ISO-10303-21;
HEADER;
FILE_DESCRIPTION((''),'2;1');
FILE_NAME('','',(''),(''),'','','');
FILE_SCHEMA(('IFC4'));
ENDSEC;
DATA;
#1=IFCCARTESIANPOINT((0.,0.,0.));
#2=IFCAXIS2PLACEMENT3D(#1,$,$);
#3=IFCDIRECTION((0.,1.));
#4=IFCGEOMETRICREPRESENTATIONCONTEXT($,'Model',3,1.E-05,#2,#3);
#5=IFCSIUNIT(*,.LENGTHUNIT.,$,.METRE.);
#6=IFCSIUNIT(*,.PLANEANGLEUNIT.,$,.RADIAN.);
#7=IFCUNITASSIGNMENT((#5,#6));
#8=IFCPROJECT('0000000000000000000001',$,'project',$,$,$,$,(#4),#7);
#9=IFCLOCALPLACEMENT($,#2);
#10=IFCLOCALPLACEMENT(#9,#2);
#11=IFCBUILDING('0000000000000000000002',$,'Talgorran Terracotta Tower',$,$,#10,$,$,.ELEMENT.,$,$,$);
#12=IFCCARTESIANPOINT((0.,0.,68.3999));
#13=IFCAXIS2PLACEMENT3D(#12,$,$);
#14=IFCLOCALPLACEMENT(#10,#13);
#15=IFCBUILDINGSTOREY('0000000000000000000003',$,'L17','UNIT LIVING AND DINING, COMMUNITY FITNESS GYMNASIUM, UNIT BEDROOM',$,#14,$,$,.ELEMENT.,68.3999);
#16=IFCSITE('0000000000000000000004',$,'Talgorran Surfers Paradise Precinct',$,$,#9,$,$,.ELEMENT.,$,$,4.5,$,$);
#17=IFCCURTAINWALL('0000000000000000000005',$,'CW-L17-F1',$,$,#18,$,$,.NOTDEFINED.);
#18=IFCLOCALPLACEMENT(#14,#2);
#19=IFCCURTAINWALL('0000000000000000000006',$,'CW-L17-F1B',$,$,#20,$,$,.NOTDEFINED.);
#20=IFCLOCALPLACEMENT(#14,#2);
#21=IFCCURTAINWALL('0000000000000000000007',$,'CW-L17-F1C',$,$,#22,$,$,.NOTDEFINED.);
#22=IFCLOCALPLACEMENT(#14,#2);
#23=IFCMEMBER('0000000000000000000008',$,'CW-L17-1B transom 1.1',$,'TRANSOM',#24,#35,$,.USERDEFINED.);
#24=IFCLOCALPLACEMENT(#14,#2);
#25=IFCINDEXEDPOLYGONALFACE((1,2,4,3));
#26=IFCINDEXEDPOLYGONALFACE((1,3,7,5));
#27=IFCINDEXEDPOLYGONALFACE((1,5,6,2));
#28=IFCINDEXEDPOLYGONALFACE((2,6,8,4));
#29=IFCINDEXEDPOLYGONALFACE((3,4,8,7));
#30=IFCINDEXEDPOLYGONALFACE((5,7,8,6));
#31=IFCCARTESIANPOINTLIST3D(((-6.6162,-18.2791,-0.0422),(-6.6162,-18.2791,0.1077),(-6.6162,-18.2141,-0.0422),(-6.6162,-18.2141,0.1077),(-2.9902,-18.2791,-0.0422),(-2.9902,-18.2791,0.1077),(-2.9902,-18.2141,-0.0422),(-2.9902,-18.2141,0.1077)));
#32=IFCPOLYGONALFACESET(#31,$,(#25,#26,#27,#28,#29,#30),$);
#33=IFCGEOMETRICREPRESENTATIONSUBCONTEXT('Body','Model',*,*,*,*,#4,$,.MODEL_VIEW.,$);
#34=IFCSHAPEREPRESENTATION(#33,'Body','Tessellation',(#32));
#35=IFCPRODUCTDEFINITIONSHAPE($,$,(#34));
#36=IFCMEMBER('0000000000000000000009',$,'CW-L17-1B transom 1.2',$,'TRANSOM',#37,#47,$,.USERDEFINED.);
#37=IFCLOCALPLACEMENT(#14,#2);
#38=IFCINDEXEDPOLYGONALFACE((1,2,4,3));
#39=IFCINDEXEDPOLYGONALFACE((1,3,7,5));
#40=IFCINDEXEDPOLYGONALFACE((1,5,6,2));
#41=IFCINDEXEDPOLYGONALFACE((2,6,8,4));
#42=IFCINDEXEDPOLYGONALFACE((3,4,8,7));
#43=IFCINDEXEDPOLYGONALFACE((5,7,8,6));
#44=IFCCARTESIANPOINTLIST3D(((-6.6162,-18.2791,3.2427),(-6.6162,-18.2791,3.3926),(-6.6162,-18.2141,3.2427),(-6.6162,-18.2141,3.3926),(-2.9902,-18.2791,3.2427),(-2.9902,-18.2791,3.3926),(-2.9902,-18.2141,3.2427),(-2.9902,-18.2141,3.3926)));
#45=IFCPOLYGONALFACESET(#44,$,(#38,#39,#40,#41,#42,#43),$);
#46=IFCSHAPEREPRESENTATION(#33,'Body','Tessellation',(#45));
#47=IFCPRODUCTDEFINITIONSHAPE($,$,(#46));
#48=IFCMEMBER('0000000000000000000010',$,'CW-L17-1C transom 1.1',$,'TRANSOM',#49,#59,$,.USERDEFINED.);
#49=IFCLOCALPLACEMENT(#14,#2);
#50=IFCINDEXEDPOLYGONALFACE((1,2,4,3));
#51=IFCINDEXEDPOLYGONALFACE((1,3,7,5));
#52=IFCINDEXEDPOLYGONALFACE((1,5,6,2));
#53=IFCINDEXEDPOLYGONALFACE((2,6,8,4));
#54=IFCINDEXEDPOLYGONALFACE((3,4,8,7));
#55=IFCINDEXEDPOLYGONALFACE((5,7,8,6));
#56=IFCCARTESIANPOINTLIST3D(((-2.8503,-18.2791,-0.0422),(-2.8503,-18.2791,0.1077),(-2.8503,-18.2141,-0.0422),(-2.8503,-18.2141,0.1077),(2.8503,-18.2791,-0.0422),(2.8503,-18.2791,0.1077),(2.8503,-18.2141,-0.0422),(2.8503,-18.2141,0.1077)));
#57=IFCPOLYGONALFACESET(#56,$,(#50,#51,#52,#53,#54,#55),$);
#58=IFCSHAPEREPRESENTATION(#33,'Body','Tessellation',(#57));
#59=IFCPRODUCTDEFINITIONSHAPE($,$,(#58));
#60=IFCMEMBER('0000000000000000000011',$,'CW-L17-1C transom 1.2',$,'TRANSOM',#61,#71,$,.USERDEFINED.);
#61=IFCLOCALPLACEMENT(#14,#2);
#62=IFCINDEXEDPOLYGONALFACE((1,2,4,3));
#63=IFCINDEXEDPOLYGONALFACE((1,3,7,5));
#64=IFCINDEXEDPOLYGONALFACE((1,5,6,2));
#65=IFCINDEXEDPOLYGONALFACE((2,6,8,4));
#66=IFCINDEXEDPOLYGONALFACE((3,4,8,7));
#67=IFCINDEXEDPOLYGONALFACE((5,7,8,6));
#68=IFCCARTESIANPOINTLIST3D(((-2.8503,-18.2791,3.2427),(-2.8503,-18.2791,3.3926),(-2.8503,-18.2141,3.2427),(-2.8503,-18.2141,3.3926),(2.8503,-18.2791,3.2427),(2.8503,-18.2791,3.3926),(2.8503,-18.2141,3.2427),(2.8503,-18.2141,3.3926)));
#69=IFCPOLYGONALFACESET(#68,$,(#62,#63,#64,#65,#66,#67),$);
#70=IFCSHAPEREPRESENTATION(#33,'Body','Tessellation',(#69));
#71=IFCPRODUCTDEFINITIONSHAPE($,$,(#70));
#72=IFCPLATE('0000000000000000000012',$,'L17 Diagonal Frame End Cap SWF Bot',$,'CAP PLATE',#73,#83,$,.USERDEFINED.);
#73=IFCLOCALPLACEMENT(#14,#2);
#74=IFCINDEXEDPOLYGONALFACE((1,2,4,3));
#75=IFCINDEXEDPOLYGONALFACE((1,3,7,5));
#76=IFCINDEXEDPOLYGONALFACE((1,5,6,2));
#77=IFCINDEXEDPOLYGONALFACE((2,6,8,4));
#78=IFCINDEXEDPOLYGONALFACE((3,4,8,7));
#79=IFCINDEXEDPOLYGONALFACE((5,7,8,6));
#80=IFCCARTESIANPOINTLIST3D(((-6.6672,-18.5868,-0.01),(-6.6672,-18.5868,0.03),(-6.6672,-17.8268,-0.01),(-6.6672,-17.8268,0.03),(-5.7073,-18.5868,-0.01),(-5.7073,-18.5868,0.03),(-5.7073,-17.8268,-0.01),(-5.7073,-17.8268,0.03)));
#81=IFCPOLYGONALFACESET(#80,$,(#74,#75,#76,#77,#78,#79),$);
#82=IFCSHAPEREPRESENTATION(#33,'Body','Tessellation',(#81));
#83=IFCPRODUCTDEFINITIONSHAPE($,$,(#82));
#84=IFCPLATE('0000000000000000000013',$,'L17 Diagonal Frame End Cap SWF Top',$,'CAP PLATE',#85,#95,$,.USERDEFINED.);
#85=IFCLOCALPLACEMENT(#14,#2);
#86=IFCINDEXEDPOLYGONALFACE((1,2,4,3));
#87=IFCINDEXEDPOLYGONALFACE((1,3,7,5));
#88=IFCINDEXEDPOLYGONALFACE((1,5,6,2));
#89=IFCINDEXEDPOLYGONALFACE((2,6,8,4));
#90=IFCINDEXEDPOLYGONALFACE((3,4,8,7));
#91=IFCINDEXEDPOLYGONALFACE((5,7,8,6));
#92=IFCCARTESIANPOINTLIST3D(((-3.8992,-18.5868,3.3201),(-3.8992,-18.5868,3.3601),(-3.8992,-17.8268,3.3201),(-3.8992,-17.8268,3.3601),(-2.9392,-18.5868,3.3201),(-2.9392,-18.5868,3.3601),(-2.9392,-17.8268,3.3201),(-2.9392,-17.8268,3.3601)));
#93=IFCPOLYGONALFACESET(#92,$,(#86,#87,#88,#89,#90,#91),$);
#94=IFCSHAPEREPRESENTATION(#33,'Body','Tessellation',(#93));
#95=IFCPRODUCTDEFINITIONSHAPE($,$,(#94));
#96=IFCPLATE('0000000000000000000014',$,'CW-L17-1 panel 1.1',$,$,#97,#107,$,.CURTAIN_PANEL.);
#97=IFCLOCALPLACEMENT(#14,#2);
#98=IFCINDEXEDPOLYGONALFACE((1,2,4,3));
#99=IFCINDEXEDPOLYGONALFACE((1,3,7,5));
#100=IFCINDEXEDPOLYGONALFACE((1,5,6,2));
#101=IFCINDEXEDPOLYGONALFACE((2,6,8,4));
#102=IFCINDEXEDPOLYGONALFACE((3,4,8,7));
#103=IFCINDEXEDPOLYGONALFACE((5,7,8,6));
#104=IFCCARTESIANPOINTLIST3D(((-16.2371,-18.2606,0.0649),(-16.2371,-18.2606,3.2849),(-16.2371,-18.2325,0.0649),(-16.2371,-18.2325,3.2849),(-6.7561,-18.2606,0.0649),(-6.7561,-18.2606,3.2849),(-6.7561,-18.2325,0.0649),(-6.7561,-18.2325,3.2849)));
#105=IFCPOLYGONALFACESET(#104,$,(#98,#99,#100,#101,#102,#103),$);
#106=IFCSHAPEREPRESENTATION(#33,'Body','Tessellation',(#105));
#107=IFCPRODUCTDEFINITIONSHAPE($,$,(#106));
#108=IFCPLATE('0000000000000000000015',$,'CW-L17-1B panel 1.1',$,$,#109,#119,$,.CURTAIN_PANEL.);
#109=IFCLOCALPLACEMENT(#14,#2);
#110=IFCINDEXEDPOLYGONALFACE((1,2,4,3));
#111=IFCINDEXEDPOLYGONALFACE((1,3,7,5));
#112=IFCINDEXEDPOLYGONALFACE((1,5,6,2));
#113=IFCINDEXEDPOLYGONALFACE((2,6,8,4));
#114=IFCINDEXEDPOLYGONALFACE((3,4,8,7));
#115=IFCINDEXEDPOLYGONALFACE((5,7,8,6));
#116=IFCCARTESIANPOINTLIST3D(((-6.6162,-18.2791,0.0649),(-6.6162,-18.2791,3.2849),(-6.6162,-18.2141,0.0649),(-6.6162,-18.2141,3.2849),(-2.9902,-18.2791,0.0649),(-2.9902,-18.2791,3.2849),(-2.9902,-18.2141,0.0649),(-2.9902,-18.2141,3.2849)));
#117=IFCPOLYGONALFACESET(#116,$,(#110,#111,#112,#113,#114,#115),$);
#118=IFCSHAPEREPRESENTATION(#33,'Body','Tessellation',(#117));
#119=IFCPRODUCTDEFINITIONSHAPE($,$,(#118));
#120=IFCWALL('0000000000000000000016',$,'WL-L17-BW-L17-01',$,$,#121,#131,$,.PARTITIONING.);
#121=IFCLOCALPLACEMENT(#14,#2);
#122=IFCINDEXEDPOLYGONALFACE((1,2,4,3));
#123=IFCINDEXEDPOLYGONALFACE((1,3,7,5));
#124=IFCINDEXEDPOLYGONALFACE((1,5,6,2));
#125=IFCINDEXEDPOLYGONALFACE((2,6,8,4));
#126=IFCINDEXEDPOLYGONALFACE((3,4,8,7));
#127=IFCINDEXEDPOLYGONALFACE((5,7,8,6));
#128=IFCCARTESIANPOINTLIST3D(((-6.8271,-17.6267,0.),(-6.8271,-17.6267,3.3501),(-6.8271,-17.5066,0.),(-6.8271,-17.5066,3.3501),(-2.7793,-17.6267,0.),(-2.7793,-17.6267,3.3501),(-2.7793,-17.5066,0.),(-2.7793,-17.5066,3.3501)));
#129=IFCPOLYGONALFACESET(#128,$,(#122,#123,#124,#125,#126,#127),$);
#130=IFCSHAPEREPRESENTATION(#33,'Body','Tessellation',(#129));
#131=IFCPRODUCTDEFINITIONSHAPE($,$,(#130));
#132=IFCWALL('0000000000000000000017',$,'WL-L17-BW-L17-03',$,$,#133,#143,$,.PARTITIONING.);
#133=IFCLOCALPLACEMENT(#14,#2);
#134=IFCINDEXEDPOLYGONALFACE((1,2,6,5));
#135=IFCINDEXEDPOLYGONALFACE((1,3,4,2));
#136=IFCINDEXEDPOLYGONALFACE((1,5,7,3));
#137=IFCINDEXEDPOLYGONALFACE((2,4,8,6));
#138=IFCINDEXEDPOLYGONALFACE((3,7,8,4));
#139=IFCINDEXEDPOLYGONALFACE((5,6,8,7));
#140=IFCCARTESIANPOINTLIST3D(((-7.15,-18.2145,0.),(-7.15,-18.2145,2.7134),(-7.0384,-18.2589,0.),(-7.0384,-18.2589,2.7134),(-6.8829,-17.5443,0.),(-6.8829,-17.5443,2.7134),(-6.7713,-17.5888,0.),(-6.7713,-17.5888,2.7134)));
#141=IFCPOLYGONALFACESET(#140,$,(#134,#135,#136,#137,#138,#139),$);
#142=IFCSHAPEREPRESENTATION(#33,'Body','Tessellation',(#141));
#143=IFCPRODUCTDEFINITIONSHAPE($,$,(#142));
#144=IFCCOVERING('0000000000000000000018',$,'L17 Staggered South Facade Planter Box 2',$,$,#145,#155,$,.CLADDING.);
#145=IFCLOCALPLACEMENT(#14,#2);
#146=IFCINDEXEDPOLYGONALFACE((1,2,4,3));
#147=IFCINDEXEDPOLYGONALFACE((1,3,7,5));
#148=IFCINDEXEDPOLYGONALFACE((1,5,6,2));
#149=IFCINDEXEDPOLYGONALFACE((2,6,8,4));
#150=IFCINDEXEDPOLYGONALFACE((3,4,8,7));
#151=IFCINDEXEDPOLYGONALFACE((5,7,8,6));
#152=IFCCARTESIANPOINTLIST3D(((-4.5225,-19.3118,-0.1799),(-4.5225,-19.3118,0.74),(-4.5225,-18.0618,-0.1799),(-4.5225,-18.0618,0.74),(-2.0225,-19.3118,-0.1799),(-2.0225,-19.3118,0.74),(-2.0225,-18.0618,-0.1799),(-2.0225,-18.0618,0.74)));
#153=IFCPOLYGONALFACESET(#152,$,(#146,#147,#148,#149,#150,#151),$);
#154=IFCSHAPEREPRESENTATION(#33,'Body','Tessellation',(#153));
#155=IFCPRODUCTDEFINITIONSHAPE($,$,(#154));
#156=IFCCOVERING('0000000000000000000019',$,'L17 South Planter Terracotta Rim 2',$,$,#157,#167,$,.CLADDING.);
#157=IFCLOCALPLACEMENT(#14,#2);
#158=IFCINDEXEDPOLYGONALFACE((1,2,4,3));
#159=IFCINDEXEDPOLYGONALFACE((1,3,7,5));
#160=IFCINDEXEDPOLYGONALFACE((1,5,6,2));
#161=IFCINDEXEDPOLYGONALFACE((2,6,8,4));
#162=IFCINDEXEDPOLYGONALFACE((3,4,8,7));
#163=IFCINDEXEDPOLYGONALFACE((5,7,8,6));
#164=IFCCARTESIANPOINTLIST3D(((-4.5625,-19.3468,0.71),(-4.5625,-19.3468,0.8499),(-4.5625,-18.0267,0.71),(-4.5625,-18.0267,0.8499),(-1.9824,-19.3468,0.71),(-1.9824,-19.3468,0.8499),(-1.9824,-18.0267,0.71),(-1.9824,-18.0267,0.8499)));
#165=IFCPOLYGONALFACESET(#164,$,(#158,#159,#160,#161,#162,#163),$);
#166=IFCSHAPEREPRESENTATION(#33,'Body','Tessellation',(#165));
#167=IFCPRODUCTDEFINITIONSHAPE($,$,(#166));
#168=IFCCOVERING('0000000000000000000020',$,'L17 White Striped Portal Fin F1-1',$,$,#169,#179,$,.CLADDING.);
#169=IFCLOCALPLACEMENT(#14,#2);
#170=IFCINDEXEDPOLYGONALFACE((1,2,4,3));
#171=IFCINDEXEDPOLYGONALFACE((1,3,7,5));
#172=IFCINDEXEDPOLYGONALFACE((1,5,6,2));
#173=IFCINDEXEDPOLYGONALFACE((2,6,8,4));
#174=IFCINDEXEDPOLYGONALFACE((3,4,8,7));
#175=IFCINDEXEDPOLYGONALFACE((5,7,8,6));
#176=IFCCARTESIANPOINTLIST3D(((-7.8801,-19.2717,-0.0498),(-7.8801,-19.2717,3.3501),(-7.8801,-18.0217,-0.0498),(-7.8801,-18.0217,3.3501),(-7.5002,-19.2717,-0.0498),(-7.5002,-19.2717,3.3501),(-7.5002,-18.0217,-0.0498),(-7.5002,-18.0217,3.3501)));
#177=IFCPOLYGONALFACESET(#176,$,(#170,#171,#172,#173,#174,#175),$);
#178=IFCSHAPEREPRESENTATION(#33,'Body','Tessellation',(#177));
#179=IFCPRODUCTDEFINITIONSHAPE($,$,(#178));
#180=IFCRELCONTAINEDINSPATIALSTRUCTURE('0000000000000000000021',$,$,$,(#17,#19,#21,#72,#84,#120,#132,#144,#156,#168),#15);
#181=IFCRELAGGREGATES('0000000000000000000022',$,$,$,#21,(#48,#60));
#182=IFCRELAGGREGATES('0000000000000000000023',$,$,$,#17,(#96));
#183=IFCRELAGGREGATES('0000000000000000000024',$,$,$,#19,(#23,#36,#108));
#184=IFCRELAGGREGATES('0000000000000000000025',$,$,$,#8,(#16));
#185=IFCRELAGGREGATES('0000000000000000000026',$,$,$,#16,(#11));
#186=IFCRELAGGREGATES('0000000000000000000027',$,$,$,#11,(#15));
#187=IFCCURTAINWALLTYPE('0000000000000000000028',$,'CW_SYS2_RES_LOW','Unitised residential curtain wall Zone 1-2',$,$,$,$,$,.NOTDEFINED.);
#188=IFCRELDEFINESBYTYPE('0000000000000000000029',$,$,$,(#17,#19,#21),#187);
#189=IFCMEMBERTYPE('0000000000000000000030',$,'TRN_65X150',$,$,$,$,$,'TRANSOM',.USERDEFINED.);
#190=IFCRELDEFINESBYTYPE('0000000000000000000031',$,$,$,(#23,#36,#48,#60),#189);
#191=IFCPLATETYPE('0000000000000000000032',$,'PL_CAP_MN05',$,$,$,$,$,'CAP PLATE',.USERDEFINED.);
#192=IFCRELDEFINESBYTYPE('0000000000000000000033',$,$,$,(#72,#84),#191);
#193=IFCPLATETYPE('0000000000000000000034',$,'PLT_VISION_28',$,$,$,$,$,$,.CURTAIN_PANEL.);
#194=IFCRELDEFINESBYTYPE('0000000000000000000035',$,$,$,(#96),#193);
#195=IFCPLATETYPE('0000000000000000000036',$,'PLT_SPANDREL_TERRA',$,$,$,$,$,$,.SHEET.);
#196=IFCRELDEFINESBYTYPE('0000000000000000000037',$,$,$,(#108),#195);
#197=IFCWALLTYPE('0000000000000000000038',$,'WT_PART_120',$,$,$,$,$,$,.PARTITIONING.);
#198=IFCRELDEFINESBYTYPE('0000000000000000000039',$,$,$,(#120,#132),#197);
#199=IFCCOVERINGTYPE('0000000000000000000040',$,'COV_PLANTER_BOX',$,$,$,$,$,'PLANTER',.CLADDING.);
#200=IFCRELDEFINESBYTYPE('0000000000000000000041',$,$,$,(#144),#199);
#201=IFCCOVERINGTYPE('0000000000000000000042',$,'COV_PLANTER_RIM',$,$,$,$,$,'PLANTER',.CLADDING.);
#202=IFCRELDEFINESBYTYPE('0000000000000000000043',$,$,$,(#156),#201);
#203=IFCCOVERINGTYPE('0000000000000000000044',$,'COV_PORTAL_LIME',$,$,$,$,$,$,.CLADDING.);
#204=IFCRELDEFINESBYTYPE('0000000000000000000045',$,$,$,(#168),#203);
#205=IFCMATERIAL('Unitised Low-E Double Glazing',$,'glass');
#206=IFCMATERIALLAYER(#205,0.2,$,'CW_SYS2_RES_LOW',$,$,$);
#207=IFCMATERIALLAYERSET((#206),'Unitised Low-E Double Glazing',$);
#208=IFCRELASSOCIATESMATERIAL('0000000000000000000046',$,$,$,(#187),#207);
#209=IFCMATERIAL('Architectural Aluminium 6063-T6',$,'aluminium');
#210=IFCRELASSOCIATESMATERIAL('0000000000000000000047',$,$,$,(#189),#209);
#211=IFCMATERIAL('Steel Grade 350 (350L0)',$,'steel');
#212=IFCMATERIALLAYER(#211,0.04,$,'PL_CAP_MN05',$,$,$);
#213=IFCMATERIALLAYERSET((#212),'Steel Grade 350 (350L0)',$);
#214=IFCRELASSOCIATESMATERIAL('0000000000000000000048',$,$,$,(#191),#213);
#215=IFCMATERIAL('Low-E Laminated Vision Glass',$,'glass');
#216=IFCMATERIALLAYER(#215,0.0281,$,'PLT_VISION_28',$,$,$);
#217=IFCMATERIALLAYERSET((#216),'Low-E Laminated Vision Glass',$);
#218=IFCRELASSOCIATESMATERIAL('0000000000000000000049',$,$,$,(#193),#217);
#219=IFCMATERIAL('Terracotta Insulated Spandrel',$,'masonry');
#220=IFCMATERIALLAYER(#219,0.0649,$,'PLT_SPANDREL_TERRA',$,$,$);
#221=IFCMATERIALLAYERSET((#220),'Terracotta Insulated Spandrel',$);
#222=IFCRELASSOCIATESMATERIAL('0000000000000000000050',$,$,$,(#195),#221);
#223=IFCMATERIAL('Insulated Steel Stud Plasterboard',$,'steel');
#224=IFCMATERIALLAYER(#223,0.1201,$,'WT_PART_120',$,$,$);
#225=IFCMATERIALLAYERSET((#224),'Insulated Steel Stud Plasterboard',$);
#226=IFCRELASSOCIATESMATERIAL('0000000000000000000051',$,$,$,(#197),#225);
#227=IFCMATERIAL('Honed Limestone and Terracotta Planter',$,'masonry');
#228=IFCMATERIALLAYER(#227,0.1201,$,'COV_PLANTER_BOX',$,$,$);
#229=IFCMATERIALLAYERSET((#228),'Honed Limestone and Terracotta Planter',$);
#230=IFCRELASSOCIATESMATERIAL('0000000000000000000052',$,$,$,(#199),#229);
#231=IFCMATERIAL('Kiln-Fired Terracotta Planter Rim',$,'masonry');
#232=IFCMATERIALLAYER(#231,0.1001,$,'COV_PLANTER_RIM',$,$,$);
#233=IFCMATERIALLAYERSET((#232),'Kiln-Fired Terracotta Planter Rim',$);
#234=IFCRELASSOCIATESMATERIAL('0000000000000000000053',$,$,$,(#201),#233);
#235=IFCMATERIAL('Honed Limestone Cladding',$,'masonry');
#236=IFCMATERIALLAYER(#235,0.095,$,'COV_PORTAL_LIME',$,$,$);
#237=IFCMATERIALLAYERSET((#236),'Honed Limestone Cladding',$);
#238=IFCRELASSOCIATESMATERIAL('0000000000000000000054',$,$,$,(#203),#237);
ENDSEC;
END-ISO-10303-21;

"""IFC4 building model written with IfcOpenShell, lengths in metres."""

from ifc_helpers import new_model, si_unit, direction, frame, frame_2d, origin, origin_2d, place, context, subcontext, project, spatial, rectangle, extrude, source, transform, mapped, material, layer, layer_set, material_profile, profile_set, type_object, type_shapes, element, aggregate, save


model = new_model("IFC4")

# Units and contexts
model_context = context("Model", 3, precision=1e-05, world=origin(), true_north=direction((0.0, 1.0)))
body_context = subcontext(model_context, "Body", "Model", "MODEL_VIEW")
ifc_project = project(units=[si_unit("LENGTHUNIT", "METRE"), si_unit("PLANEANGLEUNIT", "RADIAN")], contexts=[model_context])

# Site, building, storey
site_placement = place(None, origin())
site = spatial("IfcSite", under=ifc_project, at=site_placement, Name="Talgorran Surfers Paradise Precinct", CompositionType="ELEMENT", RefElevation=4.5)
building_placement = place(site_placement, origin())
building = spatial("IfcBuilding", under=site, at=building_placement, Name="Talgorran Terracotta Tower", CompositionType="ELEMENT")
storey_placement = place(building_placement, frame((0.0, 0.0, 68.3999)))
storey = spatial("IfcBuildingStorey", under=building, at=storey_placement, Name="L17", Description="UNIT LIVING AND DINING, COMMUNITY FITNESS GYMNASIUM, UNIT BEDROOM", CompositionType="ELEMENT", Elevation=68.3999)

# Shared definitions
ifc_material_1 = material(Name="Steel Grade 350 (350L0)", Category="steel")

# Curtain wall
ifc_material_2 = material(Name="Unitised Low-E Double Glazing", Category="glass")
ifc_layer_1 = layer(ifc_material_2, 0.2, Name="CW_SYS2_RES_LOW")
ifc_layer_set_1 = layer_set([ifc_layer_1], Name="Unitised Low-E Double Glazing")
curtain_wall_type = type_object("IfcCurtainWallType", Name="CW_SYS2_RES_LOW", Description="Unitised residential curtain wall Zone 1-2", PredefinedType="NOTDEFINED", material=ifc_layer_set_1)
curtain_wall_1_placement = place(storey_placement, origin())
curtain_wall_1 = element("IfcCurtainWall", 1, at=curtain_wall_1_placement, inside=storey, type_object=curtain_wall_type, Name="CW-L17-F1", PredefinedType="NOTDEFINED")
ifc_material_3 = material(Name="Architectural Aluminium 6063-T6", Category="aluminium")

# Curtain wall
curtain_wall_2_placement = place(storey_placement, origin())
curtain_wall_2 = element("IfcCurtainWall", 2, at=curtain_wall_2_placement, inside=storey, type_object=curtain_wall_type, Name="CW-L17-F1B", PredefinedType="NOTDEFINED")

# Curtain wall
curtain_wall_3_placement = place(storey_placement, origin())
curtain_wall_3 = element("IfcCurtainWall", 3, at=curtain_wall_3_placement, inside=storey, type_object=curtain_wall_type, Name="CW-L17-F1C", PredefinedType="NOTDEFINED")

# Members
ifc_material_profile_1 = material_profile(ifc_material_3, rectangle(XDim=0.0649, YDim=0.1499, at=origin_2d()), Name="CWT65X150")
ifc_profile_set_1 = profile_set([ifc_material_profile_1], Name="Architectural Aluminium 6063-T6")
member_type_1 = type_object("IfcMemberType", Name="TRN_65X150", ElementType="TRANSOM", PredefinedType="USERDEFINED", material=ifc_profile_set_1)
member_1_placement = place(storey_placement, frame((-6.6162, -18.2466, 0.0327), z_axis=(1.0, 0.0, 0.0), x_axis=(0.0, 1.0, 0.0)))
member_1 = element("IfcMember", 4, at=member_1_placement, type_object=member_type_1, Name="CW-L17-1B transom 1.1", ObjectType="TRANSOM", PredefinedType="USERDEFINED", context=body_context, shape_type="SweptSolid", body=[
    extrude(rectangle(XDim=0.0649, YDim=0.1499, at=origin_2d()), origin(), (0.0, 0.0, 1.0), 3.626),
])
member_2_placement = place(storey_placement, frame((-6.6162, -18.2466, 3.3176), z_axis=(1.0, 0.0, 0.0), x_axis=(0.0, 1.0, 0.0)))
member_2 = element("IfcMember", 5, at=member_2_placement, type_object=member_type_1, Name="CW-L17-1B transom 1.2", ObjectType="TRANSOM", PredefinedType="USERDEFINED", context=body_context, shape_type="SweptSolid", body=[
    extrude(rectangle(XDim=0.0649, YDim=0.1499, at=origin_2d()), origin(), (0.0, 0.0, 1.0), 3.626),
])
member_3_placement = place(storey_placement, frame((-2.8503, -18.2466, 0.0327), z_axis=(1.0, 0.0, 0.0), x_axis=(0.0, 1.0, 0.0)))
member_3 = element("IfcMember", 6, at=member_3_placement, type_object=member_type_1, Name="CW-L17-1C transom 1.1", ObjectType="TRANSOM", PredefinedType="USERDEFINED", context=body_context, shape_type="SweptSolid", body=[
    extrude(rectangle(XDim=0.0649, YDim=0.1499, at=origin_2d()), origin(), (0.0, 0.0, 1.0), 5.7007),
])
member_4_placement = place(storey_placement, frame((-2.8503, -18.2466, 3.3176), z_axis=(1.0, 0.0, 0.0), x_axis=(0.0, 1.0, 0.0)))
member_4 = element("IfcMember", 7, at=member_4_placement, type_object=member_type_1, Name="CW-L17-1C transom 1.2", ObjectType="TRANSOM", PredefinedType="USERDEFINED", context=body_context, shape_type="SweptSolid", body=[
    extrude(rectangle(XDim=0.0649, YDim=0.1499, at=origin_2d()), origin(), (0.0, 0.0, 1.0), 5.7007),
])
aggregate(curtain_wall_3, [member_3, member_4])

# Plates
ifc_layer_2 = layer(ifc_material_1, 0.04, Name="PL_CAP_MN05")
ifc_layer_set_2 = layer_set([ifc_layer_2], Name="Steel Grade 350 (350L0)")
plate_type_1 = type_object("IfcPlateType", Name="PL_CAP_MN05", ElementType="CAP PLATE", PredefinedType="USERDEFINED", material=ifc_layer_set_2)
for number, where, z_axis, x_axis, name in (
    (8, (-6.1873, -18.2068, -0.01), (0.0, 0.0, 1.0), (1.0, 0.0, 0.0), "L17 Diagonal Frame End Cap SWF Bot"),
    (9, (-3.4192, -18.2068, 3.3201), (0.0, 0.0, 1.0), (1.0, 0.0, 0.0), "L17 Diagonal Frame End Cap SWF Top"),
):
    element("IfcPlate", number, at=place(storey_placement, frame(where, z_axis=z_axis, x_axis=x_axis)), inside=storey, type_object=plate_type_1, Name=name, ObjectType="CAP PLATE", PredefinedType="USERDEFINED", context=body_context, shape_type="SweptSolid", body=[
        extrude(rectangle(XDim=0.96, YDim=0.76, at=origin_2d()), origin(), (0.0, 0.0, 1.0), 0.04),
    ])

# Plates
ifc_material_4 = material(Name="Low-E Laminated Vision Glass", Category="glass")
ifc_layer_3 = layer(ifc_material_4, 0.0281, Name="PLT_VISION_28")
ifc_layer_set_3 = layer_set([ifc_layer_3], Name="Low-E Laminated Vision Glass")
plate_type_2 = type_object("IfcPlateType", Name="PLT_VISION_28", PredefinedType="CURTAIN_PANEL", material=ifc_layer_set_3)
shared_shape_1 = source(origin(), body_context, "Body", "SweptSolid", [
    extrude(rectangle(XDim=9.481, YDim=0.0281, at=origin_2d()), origin(), (0.0, 0.0, 1.0), 3.22),
])
type_shapes(plate_type_2, [shared_shape_1])
plate_1_placement = place(storey_placement, frame((-11.4966, -18.2466, 0.0649), z_axis=(0.0, 0.0, 1.0), x_axis=(1.0, 0.0, 0.0)))
plate_1 = element("IfcPlate", 10, at=plate_1_placement, type_object=plate_type_2, Name="CW-L17-1 panel 1.1", PredefinedType="CURTAIN_PANEL", context=body_context, shape_type="MappedRepresentation", body=[
    mapped(shared_shape_1, transform((0.0, 0.0, 0.0), scale=1.0)),
])
aggregate(curtain_wall_1, [plate_1])
ifc_material_5 = material(Name="Terracotta Insulated Spandrel", Category="masonry")
ifc_layer_4 = layer(ifc_material_5, 0.0649, Name="PLT_SPANDREL_TERRA")
ifc_layer_set_4 = layer_set([ifc_layer_4], Name="Terracotta Insulated Spandrel")
plate_type_3 = type_object("IfcPlateType", Name="PLT_SPANDREL_TERRA", PredefinedType="SHEET", material=ifc_layer_set_4)
shared_shape_2 = source(origin(), body_context, "Body", "SweptSolid", [
    extrude(rectangle(XDim=3.626, YDim=0.0649, at=origin_2d()), origin(), (0.0, 0.0, 1.0), 3.22),
])
type_shapes(plate_type_3, [shared_shape_2])
plate_2_placement = place(storey_placement, frame((-4.8032, -18.2466, 0.0649), z_axis=(0.0, 0.0, 1.0), x_axis=(1.0, 0.0, 0.0)))
plate_2 = element("IfcPlate", 11, at=plate_2_placement, type_object=plate_type_3, Name="CW-L17-1B panel 1.1", PredefinedType="CURTAIN_PANEL", context=body_context, shape_type="MappedRepresentation", body=[
    mapped(shared_shape_2, transform((0.0, 0.0, 0.0), scale=1.0)),
])
aggregate(curtain_wall_2, [member_1, member_2, plate_2])

# Walls
ifc_material_6 = material(Name="Insulated Steel Stud Plasterboard", Category="steel")
ifc_layer_5 = layer(ifc_material_6, 0.1201, Name="WT_PART_120")
ifc_layer_set_5 = layer_set([ifc_layer_5], Name="Insulated Steel Stud Plasterboard")
wall_type = type_object("IfcWallType", Name="WT_PART_120", PredefinedType="PARTITIONING", material=ifc_layer_set_5)
wall_1_placement = place(storey_placement, frame((-6.8271, -17.5667, 0.0), z_axis=(0.0, 0.0, 1.0), x_axis=(1.0, 0.0, 0.0)))
element("IfcWall", 12, at=wall_1_placement, inside=storey, type_object=wall_type, Name="WL-L17-BW-L17-01", PredefinedType="PARTITIONING", context=body_context, shape_type="SweptSolid", body=[
    extrude(rectangle(XDim=4.0479, YDim=0.1201, at=frame_2d((2.0239, 0.0))), origin(), (0.0, 0.0, 1.0), 3.3501),
])
wall_2_placement = place(storey_placement, frame((-7.0942, -18.2368, 0.0), z_axis=(0.0, 0.0, 1.0), x_axis=(0.370223, 0.928943, 0.0)))
element("IfcWall", 13, at=wall_2_placement, inside=storey, type_object=wall_type, Name="WL-L17-BW-L17-03", PredefinedType="PARTITIONING", context=body_context, shape_type="SweptSolid", body=[
    extrude(rectangle(XDim=0.7214, YDim=0.1201, at=frame_2d((0.3608, 0.0))), origin(), (0.0, 0.0, 1.0), 2.7134),
])

# Coverings
ifc_material_7 = material(Name="Honed Limestone and Terracotta Planter", Category="masonry")
ifc_layer_6 = layer(ifc_material_7, 0.1201, Name="COV_PLANTER_BOX")
ifc_layer_set_6 = layer_set([ifc_layer_6], Name="Honed Limestone and Terracotta Planter")
covering_type_1 = type_object("IfcCoveringType", Name="COV_PLANTER_BOX", ElementType="PLANTER", PredefinedType="CLADDING", material=ifc_layer_set_6)
covering_1_placement = place(storey_placement, frame((-3.2725, -18.6868, -0.1799), z_axis=(0.0, 0.0, 1.0), x_axis=(1.0, 0.0, 0.0)))
element("IfcCovering", 14, at=covering_1_placement, inside=storey, type_object=covering_type_1, Name="L17 Staggered South Facade Planter Box 2", PredefinedType="CLADDING", context=body_context, shape_type="SweptSolid", body=[
    extrude(rectangle(XDim=2.5, YDim=1.25, at=origin_2d()), origin(), (0.0, 0.0, 1.0), 0.9199),
])
ifc_material_8 = material(Name="Kiln-Fired Terracotta Planter Rim", Category="masonry")
ifc_layer_7 = layer(ifc_material_8, 0.1001, Name="COV_PLANTER_RIM")
ifc_layer_set_7 = layer_set([ifc_layer_7], Name="Kiln-Fired Terracotta Planter Rim")
covering_type_2 = type_object("IfcCoveringType", Name="COV_PLANTER_RIM", ElementType="PLANTER", PredefinedType="CLADDING", material=ifc_layer_set_7)
covering_2_placement = place(storey_placement, frame((-3.2725, -18.6868, 0.71), z_axis=(0.0, 0.0, 1.0), x_axis=(1.0, 0.0, 0.0)))
element("IfcCovering", 15, at=covering_2_placement, inside=storey, type_object=covering_type_2, Name="L17 South Planter Terracotta Rim 2", PredefinedType="CLADDING", context=body_context, shape_type="SweptSolid", body=[
    extrude(rectangle(XDim=2.5801, YDim=1.3201, at=origin_2d()), origin(), (0.0, 0.0, 1.0), 0.1399),
])
ifc_material_9 = material(Name="Honed Limestone Cladding", Category="masonry")
ifc_layer_8 = layer(ifc_material_9, 0.095, Name="COV_PORTAL_LIME")
ifc_layer_set_8 = layer_set([ifc_layer_8], Name="Honed Limestone Cladding")
covering_type_3 = type_object("IfcCoveringType", Name="COV_PORTAL_LIME", PredefinedType="CLADDING", material=ifc_layer_set_8)
covering_3_placement = place(storey_placement, frame((-7.6902, -18.6467, -0.0498), z_axis=(0.0, 0.0, 1.0), x_axis=(1.0, 0.0, 0.0)))
element("IfcCovering", 16, at=covering_3_placement, inside=storey, type_object=covering_type_3, Name="L17 White Striped Portal Fin F1-1", PredefinedType="CLADDING", context=body_context, shape_type="SweptSolid", body=[
    extrude(rectangle(XDim=0.3799, YDim=1.25, at=origin_2d()), origin(), (0.0, 0.0, 1.0), 3.3999),
])

save(model, "model.ifc")
